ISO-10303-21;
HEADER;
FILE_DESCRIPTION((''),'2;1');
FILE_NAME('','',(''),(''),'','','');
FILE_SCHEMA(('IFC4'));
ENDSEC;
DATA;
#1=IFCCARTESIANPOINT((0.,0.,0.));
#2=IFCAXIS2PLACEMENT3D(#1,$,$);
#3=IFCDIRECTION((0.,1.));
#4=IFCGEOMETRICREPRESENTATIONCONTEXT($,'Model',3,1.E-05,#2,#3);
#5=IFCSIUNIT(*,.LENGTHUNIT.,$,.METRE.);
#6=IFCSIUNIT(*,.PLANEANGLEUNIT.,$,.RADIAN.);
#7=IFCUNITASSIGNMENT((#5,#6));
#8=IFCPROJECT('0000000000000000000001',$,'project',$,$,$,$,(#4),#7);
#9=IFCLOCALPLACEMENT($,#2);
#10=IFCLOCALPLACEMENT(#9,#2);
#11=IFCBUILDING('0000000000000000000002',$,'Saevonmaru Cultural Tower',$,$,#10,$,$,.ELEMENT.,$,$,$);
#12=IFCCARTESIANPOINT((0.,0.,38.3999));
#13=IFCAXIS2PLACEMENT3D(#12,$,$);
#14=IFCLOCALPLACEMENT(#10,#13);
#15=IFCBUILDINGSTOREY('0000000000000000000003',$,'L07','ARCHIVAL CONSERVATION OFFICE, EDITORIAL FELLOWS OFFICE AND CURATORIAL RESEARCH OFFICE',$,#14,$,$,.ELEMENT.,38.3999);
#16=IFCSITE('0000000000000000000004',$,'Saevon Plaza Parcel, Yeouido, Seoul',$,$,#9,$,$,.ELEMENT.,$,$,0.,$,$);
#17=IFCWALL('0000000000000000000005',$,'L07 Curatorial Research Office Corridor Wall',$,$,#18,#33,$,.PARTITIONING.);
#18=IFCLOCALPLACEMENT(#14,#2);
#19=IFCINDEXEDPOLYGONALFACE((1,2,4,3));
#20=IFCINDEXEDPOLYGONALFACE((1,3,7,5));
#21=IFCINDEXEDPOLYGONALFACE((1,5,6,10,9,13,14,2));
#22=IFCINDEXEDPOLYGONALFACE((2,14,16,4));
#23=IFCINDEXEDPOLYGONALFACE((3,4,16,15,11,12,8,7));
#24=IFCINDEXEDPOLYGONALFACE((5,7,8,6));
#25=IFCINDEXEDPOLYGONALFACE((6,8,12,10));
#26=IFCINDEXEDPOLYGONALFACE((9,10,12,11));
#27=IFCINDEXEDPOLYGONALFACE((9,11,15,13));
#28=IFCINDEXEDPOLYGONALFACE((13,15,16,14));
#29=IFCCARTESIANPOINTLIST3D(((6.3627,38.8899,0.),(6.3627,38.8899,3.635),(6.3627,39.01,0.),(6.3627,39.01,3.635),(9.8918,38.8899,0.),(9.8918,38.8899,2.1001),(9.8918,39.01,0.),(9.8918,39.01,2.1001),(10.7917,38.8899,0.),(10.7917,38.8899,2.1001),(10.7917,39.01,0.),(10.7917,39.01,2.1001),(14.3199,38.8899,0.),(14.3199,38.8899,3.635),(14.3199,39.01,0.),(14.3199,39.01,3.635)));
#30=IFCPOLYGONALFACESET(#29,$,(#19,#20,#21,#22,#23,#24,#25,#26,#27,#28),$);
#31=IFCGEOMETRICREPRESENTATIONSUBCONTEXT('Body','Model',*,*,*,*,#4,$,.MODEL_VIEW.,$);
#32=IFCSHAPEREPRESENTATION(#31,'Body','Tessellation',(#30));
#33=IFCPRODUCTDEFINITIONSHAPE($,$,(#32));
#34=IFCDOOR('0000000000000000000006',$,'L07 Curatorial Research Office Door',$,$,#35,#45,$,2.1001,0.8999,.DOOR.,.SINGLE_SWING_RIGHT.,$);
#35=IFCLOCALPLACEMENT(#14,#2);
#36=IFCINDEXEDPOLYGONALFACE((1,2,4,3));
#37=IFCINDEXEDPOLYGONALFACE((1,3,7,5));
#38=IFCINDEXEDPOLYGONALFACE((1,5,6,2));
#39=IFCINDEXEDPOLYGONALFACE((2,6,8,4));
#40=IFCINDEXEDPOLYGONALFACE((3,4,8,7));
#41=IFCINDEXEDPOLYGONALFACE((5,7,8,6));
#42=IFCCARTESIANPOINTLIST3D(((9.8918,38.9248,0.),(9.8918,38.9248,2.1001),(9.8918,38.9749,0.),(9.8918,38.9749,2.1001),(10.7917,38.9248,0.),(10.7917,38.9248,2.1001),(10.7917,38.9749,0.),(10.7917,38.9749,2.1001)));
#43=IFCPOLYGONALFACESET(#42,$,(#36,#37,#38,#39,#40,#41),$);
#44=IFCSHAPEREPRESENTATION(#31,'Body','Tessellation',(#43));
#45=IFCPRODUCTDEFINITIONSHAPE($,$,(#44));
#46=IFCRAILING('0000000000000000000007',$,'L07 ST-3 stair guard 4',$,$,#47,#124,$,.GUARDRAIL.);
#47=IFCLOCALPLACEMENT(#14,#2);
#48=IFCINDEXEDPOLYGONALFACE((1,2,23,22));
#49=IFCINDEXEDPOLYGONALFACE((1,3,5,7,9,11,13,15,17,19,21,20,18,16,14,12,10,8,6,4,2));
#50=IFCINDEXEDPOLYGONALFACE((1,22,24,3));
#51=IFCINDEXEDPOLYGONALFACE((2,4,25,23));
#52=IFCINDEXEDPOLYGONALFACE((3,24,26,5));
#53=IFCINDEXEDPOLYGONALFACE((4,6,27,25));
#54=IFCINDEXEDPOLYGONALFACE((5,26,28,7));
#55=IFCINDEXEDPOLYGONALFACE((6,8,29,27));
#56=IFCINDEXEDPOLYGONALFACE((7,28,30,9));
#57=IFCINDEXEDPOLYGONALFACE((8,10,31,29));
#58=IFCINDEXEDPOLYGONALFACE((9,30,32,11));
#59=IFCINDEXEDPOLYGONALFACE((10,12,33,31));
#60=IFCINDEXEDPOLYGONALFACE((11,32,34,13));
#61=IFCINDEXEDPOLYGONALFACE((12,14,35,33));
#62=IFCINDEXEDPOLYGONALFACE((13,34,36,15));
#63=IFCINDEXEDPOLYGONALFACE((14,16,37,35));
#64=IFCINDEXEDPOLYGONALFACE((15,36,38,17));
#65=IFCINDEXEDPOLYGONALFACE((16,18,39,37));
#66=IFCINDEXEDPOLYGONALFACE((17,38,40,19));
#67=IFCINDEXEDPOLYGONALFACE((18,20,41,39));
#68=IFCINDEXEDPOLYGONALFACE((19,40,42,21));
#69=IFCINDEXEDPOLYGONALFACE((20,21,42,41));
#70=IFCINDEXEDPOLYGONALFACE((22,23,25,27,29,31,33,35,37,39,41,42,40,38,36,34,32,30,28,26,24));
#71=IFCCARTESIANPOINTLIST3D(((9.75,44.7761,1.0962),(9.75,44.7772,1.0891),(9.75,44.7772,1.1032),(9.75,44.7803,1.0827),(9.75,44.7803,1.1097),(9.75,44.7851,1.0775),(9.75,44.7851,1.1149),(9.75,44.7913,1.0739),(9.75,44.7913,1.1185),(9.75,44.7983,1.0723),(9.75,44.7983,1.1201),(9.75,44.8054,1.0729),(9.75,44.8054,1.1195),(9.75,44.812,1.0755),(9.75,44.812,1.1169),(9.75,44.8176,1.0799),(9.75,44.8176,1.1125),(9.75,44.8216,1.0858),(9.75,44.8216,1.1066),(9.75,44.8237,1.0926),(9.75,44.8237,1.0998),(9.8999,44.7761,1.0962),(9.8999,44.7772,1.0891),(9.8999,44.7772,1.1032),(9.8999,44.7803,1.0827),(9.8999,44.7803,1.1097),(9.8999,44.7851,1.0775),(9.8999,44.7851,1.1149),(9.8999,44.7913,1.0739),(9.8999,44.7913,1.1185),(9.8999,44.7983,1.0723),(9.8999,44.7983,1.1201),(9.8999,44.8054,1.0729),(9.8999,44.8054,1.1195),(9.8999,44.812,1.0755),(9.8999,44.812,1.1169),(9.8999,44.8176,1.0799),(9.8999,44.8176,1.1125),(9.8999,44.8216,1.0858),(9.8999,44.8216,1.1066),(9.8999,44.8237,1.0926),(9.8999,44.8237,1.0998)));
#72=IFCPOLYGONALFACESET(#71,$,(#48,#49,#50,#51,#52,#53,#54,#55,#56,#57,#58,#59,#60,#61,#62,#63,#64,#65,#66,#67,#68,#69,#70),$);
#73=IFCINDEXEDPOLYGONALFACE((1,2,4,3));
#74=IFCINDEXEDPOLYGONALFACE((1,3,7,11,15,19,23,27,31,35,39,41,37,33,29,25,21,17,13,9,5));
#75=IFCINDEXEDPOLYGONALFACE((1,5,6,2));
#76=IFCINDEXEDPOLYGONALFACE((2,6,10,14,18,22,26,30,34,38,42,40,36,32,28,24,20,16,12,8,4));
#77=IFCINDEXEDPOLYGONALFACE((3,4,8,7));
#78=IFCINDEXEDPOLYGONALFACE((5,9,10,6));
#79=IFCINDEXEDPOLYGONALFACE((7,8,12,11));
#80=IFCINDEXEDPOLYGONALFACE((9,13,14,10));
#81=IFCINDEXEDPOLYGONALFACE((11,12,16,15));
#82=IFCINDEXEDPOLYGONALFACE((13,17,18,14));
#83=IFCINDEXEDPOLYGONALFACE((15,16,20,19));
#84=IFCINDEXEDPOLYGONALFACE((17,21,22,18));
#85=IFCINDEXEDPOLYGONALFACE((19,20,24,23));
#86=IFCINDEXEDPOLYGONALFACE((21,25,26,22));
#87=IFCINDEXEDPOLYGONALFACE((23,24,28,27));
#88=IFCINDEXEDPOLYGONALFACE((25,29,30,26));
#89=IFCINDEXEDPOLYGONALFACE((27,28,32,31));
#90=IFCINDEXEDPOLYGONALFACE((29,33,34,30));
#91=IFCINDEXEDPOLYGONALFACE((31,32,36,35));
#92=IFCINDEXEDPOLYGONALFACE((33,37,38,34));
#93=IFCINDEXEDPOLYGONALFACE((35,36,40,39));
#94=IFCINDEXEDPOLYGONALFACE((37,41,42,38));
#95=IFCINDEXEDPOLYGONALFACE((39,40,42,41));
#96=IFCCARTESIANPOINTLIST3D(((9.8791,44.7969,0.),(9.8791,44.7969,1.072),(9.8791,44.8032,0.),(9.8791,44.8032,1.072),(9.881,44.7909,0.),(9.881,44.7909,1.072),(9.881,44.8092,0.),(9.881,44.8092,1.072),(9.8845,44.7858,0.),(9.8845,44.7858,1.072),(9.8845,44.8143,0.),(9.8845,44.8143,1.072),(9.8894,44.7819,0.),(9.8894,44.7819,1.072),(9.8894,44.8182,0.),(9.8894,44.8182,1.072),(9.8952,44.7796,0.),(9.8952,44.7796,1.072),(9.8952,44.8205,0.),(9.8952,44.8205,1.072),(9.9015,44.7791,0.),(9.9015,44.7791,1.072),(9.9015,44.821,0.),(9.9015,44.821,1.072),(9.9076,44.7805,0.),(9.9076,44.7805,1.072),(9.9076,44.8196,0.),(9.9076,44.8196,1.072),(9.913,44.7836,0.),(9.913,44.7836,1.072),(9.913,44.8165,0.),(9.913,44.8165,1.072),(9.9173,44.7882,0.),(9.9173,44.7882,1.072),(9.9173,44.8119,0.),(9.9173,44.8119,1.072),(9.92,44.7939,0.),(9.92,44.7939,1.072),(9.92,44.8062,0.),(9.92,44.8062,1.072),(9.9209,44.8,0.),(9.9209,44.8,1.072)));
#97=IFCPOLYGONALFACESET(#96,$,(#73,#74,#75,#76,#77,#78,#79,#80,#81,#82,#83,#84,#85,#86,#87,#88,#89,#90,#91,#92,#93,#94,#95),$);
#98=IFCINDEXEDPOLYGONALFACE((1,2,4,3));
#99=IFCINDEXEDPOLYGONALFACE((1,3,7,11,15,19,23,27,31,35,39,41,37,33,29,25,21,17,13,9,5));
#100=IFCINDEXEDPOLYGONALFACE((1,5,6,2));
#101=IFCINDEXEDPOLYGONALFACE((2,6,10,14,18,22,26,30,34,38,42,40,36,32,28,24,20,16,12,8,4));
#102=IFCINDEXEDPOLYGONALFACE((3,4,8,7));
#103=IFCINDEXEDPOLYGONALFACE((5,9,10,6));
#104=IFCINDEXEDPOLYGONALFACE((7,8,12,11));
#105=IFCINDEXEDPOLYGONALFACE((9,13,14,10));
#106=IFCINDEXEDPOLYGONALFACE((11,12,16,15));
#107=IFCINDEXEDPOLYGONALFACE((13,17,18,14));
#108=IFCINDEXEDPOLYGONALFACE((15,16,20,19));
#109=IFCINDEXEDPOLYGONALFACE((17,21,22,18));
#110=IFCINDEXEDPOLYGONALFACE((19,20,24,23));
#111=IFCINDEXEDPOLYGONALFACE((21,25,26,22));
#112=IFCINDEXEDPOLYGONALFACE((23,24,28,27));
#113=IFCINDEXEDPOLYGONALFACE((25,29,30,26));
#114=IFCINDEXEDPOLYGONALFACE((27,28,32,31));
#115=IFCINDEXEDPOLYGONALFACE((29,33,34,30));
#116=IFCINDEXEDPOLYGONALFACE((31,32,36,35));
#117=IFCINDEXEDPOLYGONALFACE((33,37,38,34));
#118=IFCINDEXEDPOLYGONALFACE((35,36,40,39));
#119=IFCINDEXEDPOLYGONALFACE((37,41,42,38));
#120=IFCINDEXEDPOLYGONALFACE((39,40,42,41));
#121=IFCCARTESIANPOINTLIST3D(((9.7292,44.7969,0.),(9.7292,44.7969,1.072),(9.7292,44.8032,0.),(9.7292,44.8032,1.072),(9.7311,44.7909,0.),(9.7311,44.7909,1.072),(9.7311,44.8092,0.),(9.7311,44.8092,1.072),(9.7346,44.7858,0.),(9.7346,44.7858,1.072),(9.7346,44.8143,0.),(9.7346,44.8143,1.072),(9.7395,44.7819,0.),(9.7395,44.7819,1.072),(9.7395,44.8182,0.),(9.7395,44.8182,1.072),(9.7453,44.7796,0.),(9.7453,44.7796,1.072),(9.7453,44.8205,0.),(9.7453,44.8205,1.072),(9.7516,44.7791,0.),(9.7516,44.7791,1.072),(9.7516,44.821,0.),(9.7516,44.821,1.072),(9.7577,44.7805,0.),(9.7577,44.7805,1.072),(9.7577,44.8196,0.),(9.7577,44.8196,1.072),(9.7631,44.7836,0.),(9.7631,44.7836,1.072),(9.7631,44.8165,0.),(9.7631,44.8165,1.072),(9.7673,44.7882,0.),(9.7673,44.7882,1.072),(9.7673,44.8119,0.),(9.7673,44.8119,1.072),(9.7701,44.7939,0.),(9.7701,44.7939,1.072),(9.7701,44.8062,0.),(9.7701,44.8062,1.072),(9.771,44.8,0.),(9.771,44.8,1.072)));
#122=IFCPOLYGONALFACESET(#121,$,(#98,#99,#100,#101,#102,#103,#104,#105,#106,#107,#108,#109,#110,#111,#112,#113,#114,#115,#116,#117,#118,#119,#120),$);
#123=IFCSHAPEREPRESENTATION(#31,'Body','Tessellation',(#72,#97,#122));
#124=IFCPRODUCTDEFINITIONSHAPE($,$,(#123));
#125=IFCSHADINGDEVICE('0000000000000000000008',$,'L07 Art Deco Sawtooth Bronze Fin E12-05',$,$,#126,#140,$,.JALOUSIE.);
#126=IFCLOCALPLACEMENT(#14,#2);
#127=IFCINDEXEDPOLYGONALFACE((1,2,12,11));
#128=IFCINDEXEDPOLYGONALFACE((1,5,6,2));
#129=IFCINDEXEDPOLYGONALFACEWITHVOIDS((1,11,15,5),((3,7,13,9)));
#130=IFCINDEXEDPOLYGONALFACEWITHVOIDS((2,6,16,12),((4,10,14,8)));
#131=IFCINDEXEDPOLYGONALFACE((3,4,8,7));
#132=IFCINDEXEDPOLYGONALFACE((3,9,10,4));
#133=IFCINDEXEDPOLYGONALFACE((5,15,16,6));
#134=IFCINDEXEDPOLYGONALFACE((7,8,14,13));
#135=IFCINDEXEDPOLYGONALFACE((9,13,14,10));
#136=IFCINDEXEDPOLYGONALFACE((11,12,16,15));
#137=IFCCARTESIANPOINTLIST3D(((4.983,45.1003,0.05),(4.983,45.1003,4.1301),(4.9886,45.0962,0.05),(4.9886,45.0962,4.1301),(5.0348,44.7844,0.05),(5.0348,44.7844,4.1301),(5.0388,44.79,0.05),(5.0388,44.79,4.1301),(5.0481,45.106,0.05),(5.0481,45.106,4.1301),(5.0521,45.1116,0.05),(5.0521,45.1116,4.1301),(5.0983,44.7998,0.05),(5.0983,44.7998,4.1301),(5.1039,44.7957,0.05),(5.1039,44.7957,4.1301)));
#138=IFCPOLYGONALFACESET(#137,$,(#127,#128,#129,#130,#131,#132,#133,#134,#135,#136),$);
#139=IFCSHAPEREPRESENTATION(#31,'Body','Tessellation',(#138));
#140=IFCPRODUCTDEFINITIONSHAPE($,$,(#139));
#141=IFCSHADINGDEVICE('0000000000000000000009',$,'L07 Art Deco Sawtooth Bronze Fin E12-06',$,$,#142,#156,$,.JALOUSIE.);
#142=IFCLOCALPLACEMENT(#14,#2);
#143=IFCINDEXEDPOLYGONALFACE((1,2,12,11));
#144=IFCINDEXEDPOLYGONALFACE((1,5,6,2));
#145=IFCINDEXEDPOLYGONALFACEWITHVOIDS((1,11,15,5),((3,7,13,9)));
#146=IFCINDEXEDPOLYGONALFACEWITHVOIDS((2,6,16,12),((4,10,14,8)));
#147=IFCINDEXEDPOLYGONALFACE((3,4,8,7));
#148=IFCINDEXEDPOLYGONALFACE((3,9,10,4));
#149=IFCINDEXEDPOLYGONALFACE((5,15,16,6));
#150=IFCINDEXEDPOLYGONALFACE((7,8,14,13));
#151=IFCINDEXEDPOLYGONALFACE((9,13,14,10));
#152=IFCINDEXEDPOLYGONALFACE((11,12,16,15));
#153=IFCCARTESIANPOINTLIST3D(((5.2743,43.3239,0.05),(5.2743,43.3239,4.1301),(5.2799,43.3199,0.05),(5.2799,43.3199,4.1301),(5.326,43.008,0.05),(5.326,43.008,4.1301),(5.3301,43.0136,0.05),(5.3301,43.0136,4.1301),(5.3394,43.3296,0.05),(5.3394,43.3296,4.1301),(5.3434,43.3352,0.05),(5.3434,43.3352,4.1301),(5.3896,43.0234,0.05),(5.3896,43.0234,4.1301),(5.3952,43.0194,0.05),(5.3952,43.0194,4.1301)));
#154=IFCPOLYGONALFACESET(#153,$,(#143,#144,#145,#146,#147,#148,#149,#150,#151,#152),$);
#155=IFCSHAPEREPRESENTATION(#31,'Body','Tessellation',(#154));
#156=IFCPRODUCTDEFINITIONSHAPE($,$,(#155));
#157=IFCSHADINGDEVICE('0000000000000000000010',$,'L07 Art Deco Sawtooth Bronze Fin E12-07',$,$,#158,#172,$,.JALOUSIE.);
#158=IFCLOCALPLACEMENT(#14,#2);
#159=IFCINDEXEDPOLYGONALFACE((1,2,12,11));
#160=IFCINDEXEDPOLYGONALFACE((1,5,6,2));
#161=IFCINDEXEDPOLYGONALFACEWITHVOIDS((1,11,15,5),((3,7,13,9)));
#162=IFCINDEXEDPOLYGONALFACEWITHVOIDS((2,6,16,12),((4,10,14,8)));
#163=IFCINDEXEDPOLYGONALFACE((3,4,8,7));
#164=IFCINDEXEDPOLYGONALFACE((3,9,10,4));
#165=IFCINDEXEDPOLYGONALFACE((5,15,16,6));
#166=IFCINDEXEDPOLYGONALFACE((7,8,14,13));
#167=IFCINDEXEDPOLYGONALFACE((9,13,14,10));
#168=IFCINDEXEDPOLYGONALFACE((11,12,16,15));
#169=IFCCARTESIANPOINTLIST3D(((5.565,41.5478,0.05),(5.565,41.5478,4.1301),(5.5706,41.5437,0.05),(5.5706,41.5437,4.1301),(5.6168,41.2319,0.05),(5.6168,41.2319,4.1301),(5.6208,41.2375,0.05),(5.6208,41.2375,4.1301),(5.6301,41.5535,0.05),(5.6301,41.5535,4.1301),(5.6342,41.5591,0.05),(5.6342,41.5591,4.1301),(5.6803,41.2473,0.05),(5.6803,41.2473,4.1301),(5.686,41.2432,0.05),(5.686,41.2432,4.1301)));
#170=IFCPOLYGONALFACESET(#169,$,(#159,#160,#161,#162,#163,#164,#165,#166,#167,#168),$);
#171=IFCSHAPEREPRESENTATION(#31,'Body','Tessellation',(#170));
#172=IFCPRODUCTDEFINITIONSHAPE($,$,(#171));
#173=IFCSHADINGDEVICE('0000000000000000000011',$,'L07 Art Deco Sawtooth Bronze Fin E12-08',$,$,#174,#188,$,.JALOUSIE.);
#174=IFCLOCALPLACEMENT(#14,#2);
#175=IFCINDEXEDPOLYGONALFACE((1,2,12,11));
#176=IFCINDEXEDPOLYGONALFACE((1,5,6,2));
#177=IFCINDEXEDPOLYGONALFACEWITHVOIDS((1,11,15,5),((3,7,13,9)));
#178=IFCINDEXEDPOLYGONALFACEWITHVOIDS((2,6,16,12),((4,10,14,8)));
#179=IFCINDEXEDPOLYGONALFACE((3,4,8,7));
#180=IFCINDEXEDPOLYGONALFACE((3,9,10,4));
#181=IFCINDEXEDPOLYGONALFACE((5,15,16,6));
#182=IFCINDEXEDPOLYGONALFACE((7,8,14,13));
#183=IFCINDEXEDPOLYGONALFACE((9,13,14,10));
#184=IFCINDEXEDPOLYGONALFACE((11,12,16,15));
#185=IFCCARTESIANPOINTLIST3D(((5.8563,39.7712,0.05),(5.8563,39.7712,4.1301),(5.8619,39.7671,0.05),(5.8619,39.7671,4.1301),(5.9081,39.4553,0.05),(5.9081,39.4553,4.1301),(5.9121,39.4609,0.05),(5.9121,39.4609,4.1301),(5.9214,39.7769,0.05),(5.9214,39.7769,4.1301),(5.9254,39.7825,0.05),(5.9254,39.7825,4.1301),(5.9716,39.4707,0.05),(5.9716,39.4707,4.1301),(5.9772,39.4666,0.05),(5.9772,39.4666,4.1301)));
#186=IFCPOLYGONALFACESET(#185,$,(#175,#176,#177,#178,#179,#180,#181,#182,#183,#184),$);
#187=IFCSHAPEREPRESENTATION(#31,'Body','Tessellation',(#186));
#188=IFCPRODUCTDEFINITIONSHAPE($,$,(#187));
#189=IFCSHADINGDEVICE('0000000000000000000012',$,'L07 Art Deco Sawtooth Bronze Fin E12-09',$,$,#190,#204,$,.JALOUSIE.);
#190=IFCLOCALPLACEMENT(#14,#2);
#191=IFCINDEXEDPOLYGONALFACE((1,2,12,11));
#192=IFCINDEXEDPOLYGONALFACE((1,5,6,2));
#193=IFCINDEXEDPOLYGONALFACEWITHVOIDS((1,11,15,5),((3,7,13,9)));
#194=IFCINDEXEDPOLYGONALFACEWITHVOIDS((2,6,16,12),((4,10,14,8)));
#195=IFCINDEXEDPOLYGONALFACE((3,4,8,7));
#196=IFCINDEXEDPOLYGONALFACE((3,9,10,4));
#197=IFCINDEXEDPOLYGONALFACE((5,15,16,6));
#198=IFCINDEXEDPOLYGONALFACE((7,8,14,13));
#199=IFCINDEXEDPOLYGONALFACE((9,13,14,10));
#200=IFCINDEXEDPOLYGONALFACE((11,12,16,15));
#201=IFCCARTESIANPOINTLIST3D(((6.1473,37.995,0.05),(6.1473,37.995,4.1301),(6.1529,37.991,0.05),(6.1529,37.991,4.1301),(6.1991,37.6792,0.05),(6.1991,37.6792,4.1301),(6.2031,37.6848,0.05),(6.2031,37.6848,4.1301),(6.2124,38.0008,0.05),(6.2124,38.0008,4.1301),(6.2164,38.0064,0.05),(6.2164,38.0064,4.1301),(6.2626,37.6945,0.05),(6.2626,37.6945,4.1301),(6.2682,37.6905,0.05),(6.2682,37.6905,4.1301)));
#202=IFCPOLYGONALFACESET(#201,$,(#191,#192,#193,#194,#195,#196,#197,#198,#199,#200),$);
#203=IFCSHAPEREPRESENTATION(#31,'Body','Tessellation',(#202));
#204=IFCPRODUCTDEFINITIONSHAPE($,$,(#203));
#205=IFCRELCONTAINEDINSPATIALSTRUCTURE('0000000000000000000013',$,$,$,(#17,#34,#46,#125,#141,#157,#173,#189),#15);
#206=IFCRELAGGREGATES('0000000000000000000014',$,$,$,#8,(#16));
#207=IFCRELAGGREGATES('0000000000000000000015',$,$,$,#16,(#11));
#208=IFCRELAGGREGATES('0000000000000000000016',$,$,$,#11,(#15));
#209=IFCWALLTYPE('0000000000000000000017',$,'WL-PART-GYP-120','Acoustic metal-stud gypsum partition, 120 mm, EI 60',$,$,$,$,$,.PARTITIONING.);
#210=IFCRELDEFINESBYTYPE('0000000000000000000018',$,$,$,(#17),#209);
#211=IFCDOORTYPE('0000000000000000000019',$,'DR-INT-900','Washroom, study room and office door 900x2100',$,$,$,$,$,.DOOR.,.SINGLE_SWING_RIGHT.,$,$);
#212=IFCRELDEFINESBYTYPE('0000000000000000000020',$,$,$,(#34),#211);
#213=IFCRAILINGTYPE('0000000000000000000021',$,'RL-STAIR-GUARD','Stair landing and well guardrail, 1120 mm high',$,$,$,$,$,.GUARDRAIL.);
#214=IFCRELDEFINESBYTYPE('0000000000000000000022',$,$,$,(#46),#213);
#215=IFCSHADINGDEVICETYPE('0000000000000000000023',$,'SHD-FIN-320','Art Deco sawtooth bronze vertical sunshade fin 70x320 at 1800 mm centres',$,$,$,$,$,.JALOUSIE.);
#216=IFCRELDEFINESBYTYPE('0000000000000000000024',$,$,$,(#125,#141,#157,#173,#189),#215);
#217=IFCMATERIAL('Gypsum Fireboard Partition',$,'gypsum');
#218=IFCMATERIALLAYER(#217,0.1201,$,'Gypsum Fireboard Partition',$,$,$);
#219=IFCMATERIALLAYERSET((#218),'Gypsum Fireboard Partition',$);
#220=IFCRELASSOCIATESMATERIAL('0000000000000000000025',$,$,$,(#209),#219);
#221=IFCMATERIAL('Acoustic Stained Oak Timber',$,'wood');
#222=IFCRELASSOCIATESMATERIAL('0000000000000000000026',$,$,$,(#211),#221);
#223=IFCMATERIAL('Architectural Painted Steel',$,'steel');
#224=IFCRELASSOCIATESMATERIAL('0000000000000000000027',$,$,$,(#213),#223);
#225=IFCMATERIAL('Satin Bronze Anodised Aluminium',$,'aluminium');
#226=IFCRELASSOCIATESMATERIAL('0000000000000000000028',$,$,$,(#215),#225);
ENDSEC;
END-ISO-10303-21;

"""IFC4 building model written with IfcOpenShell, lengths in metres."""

from ifc_helpers import new_model, si_unit, direction, frame, frame_2d, origin, origin_2d, place, context, subcontext, project, spatial, rectangle, hollow_rectangle, circle, extrude, material, layer, layer_set, material_profile, profile_set, type_object, element, fill, save


model = new_model("IFC4")

# Units and contexts
model_context = context("Model", 3, precision=1e-05, world=origin(), true_north=direction((0.0, 1.0)))
body_context = subcontext(model_context, "Body", "Model", "MODEL_VIEW")
ifc_project = project(units=[si_unit("LENGTHUNIT", "METRE"), si_unit("PLANEANGLEUNIT", "RADIAN")], contexts=[model_context])

# Site, building, storey
site_placement = place(None, origin())
site = spatial("IfcSite", under=ifc_project, at=site_placement, Name="Saevon Plaza Parcel, Yeouido, Seoul", CompositionType="ELEMENT", RefElevation=0.0)
building_placement = place(site_placement, origin())
building = spatial("IfcBuilding", under=site, at=building_placement, Name="Saevonmaru Cultural Tower", CompositionType="ELEMENT")
storey_placement = place(building_placement, frame((0.0, 0.0, 38.3999)))
storey = spatial("IfcBuildingStorey", under=building, at=storey_placement, Name="L07", Description="ARCHIVAL CONSERVATION OFFICE, EDITORIAL FELLOWS OFFICE AND CURATORIAL RESEARCH OFFICE", CompositionType="ELEMENT", Elevation=38.3999)

# Shared definitions
ifc_material_1 = material(Name="Satin Bronze Anodised Aluminium", Category="aluminium")

# Shared definitions
ifc_material_2 = material(Name="Gypsum Fireboard Partition", Category="gypsum")
ifc_layer_1 = layer(ifc_material_2, 0.1201, Name="Gypsum Fireboard Partition")
ifc_layer_set_1 = layer_set([ifc_layer_1], Name="Gypsum Fireboard Partition")
wall_type_1 = type_object("IfcWallType", Name="WL-PART-GYP-120", Description="Acoustic metal-stud gypsum partition, 120 mm, EI 60", PredefinedType="PARTITIONING", material=ifc_layer_set_1)

# Wall, opening, door
wall_1_placement = place(storey_placement, frame((6.3628, 38.95, 0.0), z_axis=(0.0, 0.0, 1.0), x_axis=(1.0, 0.0, 0.0)))
wall_1 = element("IfcWall", 1, at=wall_1_placement, inside=storey, type_object=wall_type_1, Name="L07 Curatorial Research Office Corridor Wall", PredefinedType="PARTITIONING", context=body_context, shape_type="SweptSolid", body=[
    extrude(rectangle(XDim=7.9573, YDim=0.1201, at=frame_2d((3.9785, 0.0))), origin(), (0.0, 0.0, 1.0), 3.635),
])
opening_1_placement = place(wall_1_placement, frame((3.5291, 0.0, 0.0)))
opening_1 = element("IfcOpeningElement", 2, at=opening_1_placement, cuts=wall_1, PredefinedType="OPENING", context=body_context, shape_type="SweptSolid", body=[
    extrude(rectangle(XDim=0.8999, YDim=2.1001, at=frame_2d((0.45, 1.05))), frame((0.0, 0.0701, 0.0), z_axis=(0.0, -1.0, 0.0), x_axis=(1.0, 0.0, 0.0)), (0.0, 0.0, 1.0), 0.1401),
])
ifc_material_3 = material(Name="Acoustic Stained Oak Timber", Category="wood")
door_type_1 = type_object("IfcDoorType", Name="DR-INT-900", Description="Washroom, study room and office door 900x2100", OperationType="SINGLE_SWING_RIGHT", PredefinedType="DOOR", material=ifc_material_3)
door_1_placement = place(opening_1_placement, origin())
door_1 = element("IfcDoor", 3, at=door_1_placement, inside=storey, type_object=door_type_1, Name="L07 Curatorial Research Office Door", OperationType="SINGLE_SWING_RIGHT", OverallHeight=2.1001, OverallWidth=0.8999, PredefinedType="DOOR", context=body_context, shape_type="SweptSolid", body=[
    extrude(rectangle(XDim=0.8999, YDim=2.1001, at=frame_2d((0.45, 1.05))), frame((0.0, 0.0249, 0.0), z_axis=(0.0, -1.0, 0.0), x_axis=(1.0, 0.0, 0.0)), (0.0, 0.0, 1.0), 0.05),
])
fill(opening_1, door_1)

# Railing
ifc_material_4 = material(Name="Architectural Painted Steel", Category="steel")
railing_type = type_object("IfcRailingType", Name="RL-STAIR-GUARD", Description="Stair landing and well guardrail, 1120 mm high", PredefinedType="GUARDRAIL", material=ifc_material_4)
railing_placement = place(storey_placement, frame((9.8999, 44.8, 0.0)))
element("IfcRailing", 4, at=railing_placement, inside=storey, type_object=railing_type, Name="L07 ST-3 stair guard 4", PredefinedType="GUARDRAIL", context=body_context, shape_type="SweptSolid", body=[
    extrude(circle(Radius=0.0239, at=origin_2d()), frame((0.0, 0.0, 1.0962), z_axis=(-1.0, 0.0, 0.0), x_axis=(0.0, -1.0, 0.0)), (0.0, 0.0, 1.0), 0.1499),
    extrude(circle(Radius=0.021, at=origin_2d()), origin(), (0.0, 0.0, 1.0), 1.072),
    extrude(circle(Radius=0.021, at=origin_2d()), frame((-0.1499, 0.0, 0.0)), (0.0, 0.0, 1.0), 1.072),
])

# Shading devices
ifc_material_profile_1 = material_profile(ifc_material_1, hollow_rectangle(XDim=0.0701, YDim=0.3201, WallThickness=0.0049, at=origin_2d()), Name="FIN-320x70")
ifc_profile_set_1 = profile_set([ifc_material_profile_1], Name="Satin Bronze Anodised Aluminium")
shading_device_type = type_object("IfcShadingDeviceType", Name="SHD-FIN-320", Description="Art Deco sawtooth bronze vertical sunshade fin 70x320 at 1800 mm centres", PredefinedType="JALOUSIE", material=ifc_profile_set_1)
for number, where, z_axis, x_axis, name in (
    (5, (5.0435, 44.948, 0.05), (0.0, 0.0, 1.0), (-0.986827, -0.161776, 0.0), "L07 Art Deco Sawtooth Bronze Fin E12-05"),
    (6, (5.3347, 43.1716, 0.05), (0.0, 0.0, 1.0), (-0.986827, -0.161776, 0.0), "L07 Art Deco Sawtooth Bronze Fin E12-06"),
    (7, (5.6255, 41.3955, 0.05), (0.0, 0.0, 1.0), (-0.986827, -0.161776, 0.0), "L07 Art Deco Sawtooth Bronze Fin E12-07"),
    (8, (5.9167, 39.6189, 0.05), (0.0, 0.0, 1.0), (-0.986827, -0.161776, 0.0), "L07 Art Deco Sawtooth Bronze Fin E12-08"),
    (9, (6.2078, 37.8428, 0.05), (0.0, 0.0, 1.0), (-0.986827, -0.161776, 0.0), "L07 Art Deco Sawtooth Bronze Fin E12-09"),
):
    element("IfcShadingDevice", number, at=place(storey_placement, frame(where, z_axis=z_axis, x_axis=x_axis)), inside=storey, type_object=shading_device_type, Name=name, PredefinedType="JALOUSIE", context=body_context, shape_type="SweptSolid", body=[
        extrude(hollow_rectangle(XDim=0.0701, YDim=0.3201, WallThickness=0.0049, at=origin_2d()), origin(), (0.0, 0.0, 1.0), 4.0801),
    ])

save(model, "model.ifc")
